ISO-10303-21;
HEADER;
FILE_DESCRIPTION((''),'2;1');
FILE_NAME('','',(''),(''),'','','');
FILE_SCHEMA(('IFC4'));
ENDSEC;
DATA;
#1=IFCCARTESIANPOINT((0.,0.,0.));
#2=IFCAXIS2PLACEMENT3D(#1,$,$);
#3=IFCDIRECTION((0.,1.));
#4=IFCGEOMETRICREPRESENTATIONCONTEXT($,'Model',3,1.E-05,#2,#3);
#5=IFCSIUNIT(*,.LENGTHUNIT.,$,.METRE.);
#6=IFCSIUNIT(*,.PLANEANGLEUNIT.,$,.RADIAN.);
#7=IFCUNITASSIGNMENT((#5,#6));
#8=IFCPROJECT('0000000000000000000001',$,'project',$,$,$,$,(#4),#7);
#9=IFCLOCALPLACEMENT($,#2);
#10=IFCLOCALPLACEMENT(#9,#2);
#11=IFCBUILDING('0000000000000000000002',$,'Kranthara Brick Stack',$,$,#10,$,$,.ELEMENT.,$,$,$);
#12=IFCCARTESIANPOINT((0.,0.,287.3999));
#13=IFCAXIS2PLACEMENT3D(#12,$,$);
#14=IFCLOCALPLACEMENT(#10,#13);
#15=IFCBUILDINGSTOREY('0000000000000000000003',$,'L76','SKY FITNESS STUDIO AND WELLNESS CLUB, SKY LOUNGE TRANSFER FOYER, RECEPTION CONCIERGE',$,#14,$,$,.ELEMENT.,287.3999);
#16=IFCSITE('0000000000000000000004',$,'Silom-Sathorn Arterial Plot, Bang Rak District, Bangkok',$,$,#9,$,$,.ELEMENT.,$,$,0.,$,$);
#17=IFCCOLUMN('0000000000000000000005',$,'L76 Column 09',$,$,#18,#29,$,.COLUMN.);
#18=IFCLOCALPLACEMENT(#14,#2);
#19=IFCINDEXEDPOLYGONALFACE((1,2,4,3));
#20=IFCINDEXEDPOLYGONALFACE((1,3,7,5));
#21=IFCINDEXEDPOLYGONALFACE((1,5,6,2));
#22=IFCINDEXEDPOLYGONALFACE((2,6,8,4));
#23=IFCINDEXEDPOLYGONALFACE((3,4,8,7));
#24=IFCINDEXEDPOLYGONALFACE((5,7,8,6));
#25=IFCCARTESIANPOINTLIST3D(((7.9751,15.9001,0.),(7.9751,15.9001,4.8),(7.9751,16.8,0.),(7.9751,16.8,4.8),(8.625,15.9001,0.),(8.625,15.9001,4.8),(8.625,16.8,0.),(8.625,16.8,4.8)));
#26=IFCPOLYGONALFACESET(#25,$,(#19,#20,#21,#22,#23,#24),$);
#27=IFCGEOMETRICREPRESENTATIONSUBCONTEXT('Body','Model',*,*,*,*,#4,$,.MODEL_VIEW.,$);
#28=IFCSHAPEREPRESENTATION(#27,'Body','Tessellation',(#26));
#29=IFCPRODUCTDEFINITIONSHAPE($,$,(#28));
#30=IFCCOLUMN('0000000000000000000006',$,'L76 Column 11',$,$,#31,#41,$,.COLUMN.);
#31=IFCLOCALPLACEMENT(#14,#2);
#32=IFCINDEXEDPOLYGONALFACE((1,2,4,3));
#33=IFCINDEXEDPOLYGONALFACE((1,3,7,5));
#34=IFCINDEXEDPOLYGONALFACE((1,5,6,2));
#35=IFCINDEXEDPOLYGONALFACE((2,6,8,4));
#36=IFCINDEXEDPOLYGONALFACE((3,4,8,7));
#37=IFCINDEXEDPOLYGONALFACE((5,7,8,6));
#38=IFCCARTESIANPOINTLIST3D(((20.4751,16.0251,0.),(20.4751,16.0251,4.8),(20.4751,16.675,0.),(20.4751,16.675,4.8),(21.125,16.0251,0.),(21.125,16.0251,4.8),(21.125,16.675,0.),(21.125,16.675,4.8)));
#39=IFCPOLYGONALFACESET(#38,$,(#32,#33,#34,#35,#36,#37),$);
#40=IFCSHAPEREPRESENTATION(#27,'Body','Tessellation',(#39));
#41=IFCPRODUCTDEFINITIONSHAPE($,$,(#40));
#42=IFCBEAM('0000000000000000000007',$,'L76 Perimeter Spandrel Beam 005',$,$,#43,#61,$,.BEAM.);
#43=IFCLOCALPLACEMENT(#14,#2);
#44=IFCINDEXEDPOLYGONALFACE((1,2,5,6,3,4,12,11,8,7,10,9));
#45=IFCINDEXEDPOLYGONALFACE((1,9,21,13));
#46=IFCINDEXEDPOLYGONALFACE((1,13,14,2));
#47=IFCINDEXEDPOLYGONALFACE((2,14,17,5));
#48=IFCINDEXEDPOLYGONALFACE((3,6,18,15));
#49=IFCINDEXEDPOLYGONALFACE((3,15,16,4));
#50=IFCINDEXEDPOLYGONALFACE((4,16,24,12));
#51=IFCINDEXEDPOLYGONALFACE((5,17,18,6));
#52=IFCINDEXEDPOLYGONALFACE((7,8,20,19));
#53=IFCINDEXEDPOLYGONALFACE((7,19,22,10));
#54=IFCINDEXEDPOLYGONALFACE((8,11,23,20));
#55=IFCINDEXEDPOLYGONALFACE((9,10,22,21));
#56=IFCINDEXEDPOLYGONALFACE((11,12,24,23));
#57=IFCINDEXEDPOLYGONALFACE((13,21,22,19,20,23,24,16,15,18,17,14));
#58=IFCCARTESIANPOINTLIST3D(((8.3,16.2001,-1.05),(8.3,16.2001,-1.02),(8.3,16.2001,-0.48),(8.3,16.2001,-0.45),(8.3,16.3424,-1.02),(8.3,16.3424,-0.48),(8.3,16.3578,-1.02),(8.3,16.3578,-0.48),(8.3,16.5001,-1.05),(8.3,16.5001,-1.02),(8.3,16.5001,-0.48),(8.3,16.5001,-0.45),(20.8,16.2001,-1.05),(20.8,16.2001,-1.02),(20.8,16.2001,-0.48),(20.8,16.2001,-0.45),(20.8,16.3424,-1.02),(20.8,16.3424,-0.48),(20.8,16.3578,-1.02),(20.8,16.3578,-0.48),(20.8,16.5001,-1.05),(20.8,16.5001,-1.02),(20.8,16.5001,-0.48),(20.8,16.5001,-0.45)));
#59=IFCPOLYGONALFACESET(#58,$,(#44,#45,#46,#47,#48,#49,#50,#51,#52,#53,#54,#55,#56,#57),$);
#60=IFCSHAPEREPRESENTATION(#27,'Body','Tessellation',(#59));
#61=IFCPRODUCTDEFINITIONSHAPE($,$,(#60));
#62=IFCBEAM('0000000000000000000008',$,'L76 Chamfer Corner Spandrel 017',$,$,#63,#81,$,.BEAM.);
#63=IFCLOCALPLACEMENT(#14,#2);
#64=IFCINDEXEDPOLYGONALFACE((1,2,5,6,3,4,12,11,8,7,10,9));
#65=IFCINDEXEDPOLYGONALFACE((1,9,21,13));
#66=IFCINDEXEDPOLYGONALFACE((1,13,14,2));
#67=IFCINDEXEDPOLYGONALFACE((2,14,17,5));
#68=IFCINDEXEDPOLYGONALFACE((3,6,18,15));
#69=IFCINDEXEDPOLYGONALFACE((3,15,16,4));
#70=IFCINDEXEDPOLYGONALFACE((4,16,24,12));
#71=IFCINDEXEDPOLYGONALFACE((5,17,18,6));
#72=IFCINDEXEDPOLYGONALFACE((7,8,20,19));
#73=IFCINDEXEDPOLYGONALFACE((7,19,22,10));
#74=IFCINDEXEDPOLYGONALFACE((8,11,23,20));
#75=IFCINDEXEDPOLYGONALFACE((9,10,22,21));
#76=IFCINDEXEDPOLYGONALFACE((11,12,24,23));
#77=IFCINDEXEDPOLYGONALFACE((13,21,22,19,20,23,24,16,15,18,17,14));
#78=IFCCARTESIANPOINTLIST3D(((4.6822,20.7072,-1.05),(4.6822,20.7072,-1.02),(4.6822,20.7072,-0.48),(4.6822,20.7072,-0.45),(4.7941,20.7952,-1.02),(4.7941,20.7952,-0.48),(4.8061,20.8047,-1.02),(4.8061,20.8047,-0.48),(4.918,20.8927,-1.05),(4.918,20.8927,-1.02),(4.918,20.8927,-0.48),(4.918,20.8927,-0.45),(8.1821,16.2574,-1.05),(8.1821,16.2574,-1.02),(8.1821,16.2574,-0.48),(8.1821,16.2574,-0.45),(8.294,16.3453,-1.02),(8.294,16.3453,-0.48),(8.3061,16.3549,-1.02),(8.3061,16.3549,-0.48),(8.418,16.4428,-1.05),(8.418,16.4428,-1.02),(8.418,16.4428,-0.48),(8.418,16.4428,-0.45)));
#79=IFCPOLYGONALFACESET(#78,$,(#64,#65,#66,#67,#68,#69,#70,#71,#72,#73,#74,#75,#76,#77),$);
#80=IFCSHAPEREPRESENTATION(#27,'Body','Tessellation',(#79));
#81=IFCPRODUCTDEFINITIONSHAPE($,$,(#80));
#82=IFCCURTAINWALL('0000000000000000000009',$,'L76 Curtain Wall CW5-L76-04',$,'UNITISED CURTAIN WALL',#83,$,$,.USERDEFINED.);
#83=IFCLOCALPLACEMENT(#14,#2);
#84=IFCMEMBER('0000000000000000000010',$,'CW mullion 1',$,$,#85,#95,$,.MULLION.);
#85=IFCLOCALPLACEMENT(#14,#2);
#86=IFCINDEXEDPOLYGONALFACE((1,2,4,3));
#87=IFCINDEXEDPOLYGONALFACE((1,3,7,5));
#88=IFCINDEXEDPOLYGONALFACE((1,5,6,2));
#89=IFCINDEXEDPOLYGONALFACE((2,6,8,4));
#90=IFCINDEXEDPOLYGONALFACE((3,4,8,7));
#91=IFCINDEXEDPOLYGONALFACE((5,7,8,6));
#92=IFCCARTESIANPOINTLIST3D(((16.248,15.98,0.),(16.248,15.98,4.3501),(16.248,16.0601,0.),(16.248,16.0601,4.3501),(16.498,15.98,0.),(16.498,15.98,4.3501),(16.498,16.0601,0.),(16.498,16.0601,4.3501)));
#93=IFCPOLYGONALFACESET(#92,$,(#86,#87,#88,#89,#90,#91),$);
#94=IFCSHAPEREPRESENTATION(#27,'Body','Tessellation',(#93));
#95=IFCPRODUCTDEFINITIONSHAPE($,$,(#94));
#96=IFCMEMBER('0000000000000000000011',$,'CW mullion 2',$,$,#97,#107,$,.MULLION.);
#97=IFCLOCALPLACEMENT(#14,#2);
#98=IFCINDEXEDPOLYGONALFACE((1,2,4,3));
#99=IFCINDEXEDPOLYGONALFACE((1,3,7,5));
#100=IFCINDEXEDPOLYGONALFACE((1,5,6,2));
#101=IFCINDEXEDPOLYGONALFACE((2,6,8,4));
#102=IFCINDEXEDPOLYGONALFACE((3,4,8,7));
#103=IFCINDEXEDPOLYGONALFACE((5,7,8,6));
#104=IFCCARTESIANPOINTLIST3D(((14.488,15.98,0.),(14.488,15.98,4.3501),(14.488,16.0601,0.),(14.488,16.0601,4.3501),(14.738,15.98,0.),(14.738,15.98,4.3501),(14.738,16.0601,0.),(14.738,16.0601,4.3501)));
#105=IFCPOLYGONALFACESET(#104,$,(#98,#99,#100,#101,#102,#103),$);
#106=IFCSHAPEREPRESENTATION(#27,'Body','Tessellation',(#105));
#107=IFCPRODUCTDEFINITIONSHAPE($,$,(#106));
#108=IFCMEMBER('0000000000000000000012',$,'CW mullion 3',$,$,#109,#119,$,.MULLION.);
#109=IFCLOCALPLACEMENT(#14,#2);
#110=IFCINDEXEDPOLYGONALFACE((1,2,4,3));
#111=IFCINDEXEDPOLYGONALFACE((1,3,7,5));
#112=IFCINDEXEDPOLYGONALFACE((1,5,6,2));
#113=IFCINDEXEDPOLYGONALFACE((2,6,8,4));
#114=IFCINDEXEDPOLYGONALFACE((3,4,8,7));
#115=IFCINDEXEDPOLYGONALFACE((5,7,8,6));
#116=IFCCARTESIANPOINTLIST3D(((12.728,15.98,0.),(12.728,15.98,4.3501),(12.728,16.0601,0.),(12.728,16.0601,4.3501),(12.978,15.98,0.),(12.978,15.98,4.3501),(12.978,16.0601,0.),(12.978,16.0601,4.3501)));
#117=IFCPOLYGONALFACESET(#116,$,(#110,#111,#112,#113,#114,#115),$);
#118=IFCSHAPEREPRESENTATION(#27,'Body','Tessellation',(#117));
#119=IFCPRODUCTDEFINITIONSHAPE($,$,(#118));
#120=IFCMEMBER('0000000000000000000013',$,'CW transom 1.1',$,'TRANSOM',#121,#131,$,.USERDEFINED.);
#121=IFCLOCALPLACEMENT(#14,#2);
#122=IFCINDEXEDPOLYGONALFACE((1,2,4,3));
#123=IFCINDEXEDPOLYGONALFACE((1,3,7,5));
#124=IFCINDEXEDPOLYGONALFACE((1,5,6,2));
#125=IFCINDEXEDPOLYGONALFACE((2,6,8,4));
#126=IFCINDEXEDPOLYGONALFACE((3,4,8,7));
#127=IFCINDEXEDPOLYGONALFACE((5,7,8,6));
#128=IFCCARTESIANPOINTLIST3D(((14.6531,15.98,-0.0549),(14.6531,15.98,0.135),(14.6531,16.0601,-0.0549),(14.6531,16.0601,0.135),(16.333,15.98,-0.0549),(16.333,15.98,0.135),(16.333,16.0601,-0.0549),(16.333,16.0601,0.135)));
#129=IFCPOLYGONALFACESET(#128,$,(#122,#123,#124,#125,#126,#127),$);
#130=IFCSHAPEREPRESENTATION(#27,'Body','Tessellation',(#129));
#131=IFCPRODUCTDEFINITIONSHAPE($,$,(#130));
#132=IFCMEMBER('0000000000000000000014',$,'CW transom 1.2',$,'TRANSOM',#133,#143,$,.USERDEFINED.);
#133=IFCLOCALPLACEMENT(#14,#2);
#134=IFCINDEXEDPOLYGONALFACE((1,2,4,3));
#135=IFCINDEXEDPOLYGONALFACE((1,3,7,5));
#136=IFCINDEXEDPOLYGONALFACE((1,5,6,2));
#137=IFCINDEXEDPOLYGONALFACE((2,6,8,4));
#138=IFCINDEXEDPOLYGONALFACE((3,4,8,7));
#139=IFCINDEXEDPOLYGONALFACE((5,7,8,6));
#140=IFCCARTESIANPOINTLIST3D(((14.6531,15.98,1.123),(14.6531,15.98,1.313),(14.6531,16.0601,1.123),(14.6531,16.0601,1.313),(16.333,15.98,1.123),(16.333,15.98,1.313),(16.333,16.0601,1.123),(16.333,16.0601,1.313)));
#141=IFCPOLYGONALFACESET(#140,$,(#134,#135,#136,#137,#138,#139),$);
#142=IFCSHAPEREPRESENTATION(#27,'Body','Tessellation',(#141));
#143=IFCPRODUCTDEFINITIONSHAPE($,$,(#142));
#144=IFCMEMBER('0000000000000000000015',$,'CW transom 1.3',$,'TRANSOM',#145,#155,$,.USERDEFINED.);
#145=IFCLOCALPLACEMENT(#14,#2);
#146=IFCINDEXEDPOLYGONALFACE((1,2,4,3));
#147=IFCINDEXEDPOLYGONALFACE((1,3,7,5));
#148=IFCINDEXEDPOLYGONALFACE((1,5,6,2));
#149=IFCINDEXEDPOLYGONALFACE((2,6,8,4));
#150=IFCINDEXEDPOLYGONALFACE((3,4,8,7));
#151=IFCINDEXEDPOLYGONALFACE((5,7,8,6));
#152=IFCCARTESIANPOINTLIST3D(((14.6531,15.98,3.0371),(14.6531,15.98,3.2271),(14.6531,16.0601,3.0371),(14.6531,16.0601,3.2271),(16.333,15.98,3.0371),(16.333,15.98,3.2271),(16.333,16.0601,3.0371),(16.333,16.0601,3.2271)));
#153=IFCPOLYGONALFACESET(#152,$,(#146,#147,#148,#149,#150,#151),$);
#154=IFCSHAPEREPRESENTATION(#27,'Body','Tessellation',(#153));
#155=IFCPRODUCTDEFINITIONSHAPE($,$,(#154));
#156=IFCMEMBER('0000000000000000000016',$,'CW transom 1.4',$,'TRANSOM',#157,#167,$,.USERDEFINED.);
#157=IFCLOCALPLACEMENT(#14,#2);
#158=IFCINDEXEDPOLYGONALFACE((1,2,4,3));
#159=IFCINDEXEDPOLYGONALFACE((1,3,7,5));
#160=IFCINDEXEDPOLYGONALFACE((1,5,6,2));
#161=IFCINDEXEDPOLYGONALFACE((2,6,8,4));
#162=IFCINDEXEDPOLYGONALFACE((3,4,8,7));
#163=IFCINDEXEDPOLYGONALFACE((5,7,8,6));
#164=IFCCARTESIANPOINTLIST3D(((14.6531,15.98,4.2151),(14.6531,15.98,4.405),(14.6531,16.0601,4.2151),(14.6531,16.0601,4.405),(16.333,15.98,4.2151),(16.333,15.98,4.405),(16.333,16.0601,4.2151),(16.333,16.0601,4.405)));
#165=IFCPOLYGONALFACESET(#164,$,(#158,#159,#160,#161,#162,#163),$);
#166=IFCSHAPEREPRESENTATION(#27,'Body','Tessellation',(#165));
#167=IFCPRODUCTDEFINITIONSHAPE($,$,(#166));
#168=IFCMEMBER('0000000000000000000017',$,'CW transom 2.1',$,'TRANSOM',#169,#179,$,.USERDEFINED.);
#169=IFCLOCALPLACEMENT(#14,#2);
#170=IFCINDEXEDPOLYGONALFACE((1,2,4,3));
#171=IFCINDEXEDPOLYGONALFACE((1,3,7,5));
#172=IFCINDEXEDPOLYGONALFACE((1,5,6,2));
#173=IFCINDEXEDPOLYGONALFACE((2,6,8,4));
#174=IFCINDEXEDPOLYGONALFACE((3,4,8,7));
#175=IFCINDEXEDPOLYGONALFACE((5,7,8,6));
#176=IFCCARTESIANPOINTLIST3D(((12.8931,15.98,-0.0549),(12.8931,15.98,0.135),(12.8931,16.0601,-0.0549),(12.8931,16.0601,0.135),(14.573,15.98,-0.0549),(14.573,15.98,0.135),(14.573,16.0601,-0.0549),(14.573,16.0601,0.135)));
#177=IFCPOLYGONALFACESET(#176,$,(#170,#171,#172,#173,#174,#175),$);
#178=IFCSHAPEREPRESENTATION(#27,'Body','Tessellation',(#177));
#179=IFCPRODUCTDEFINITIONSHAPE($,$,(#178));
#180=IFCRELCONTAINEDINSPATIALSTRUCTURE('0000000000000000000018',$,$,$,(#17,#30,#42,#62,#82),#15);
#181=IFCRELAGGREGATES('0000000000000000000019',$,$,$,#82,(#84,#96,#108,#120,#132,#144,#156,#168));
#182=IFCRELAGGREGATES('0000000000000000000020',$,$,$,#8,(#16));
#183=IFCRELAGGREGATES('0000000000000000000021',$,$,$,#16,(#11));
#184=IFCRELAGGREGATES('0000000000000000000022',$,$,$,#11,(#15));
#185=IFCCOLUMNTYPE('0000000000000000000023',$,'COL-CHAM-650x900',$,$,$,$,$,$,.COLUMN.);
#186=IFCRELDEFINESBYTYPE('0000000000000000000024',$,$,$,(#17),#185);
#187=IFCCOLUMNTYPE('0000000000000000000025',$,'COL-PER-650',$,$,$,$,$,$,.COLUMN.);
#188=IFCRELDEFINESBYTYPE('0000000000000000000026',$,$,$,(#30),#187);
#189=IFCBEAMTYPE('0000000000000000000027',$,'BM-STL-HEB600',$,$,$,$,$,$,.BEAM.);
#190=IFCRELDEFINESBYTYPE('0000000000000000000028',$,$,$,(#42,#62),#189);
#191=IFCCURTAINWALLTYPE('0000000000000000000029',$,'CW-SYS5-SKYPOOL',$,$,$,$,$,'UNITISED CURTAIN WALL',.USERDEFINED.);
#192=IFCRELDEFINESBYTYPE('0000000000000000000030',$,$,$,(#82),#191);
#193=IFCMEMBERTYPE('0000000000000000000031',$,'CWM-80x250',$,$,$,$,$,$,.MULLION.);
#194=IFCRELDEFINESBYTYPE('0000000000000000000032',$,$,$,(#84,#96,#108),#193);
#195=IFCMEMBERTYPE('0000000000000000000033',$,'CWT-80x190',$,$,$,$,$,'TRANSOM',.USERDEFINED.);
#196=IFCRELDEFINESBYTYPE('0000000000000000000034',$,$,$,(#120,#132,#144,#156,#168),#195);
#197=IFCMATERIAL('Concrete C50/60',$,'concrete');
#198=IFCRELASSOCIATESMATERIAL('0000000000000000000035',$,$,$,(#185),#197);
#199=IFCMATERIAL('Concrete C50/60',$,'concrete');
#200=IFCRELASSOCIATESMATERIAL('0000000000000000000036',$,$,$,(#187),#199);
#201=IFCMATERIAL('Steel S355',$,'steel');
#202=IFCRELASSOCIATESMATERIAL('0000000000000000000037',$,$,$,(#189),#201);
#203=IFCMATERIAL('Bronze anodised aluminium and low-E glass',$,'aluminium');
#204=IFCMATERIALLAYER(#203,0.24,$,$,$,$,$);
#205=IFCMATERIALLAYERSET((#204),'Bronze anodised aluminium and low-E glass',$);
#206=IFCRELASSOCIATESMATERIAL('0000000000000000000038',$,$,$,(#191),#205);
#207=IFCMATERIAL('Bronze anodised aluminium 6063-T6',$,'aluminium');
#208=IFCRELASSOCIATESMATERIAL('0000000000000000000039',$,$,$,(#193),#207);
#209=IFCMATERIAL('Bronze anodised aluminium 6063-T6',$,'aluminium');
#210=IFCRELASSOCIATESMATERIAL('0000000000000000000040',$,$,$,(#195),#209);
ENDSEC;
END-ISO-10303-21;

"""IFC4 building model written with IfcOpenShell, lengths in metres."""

from ifc_helpers import new_model, si_unit, direction, frame, origin, origin_2d, place, context, subcontext, project, spatial, rectangle, i_section, extrude, material, layer, layer_set, material_profile, profile_set, type_object, element, aggregate, save


model = new_model("IFC4")

# Units and contexts
model_context = context("Model", 3, precision=1e-05, world=origin(), true_north=direction((0.0, 1.0)))
body_context = subcontext(model_context, "Body", "Model", "MODEL_VIEW")
ifc_project = project(units=[si_unit("LENGTHUNIT", "METRE"), si_unit("PLANEANGLEUNIT", "RADIAN")], contexts=[model_context])

# Site, building, storey
site_placement = place(None, origin())
site = spatial("IfcSite", under=ifc_project, at=site_placement, Name="Silom-Sathorn Arterial Plot, Bang Rak District, Bangkok", CompositionType="ELEMENT", RefElevation=0.0)
building_placement = place(site_placement, origin())
building = spatial("IfcBuilding", under=site, at=building_placement, Name="Kranthara Brick Stack", CompositionType="ELEMENT")
storey_placement = place(building_placement, frame((0.0, 0.0, 287.3999)))
storey = spatial("IfcBuildingStorey", under=building, at=storey_placement, Name="L76", Description="SKY FITNESS STUDIO AND WELLNESS CLUB, SKY LOUNGE TRANSFER FOYER, RECEPTION CONCIERGE", CompositionType="ELEMENT", Elevation=287.3999)

# Columns
ifc_material_1 = material(Name="Concrete C50/60", Category="concrete")
ifc_material_profile_1 = material_profile(ifc_material_1, rectangle(XDim=0.6499, YDim=0.8999, at=origin_2d()), Name="RC 650x900")
ifc_profile_set_1 = profile_set([ifc_material_profile_1], Name="Concrete C50/60")
column_type_1 = type_object("IfcColumnType", Name="COL-CHAM-650x900", PredefinedType="COLUMN", material=ifc_profile_set_1)
column_1_placement = place(storey_placement, frame((8.3, 16.3501, 0.0), z_axis=(0.0, 0.0, 1.0), x_axis=(1.0, 0.0, 0.0)))
element("IfcColumn", 1, at=column_1_placement, inside=storey, type_object=column_type_1, Name="L76 Column 09", PredefinedType="COLUMN", context=body_context, shape_type="SweptSolid", body=[
    extrude(rectangle(XDim=0.6499, YDim=0.8999, at=origin_2d()), origin(), (0.0, 0.0, 1.0), 4.8),
])
ifc_material_2 = material(Name="Concrete C50/60", Category="concrete")
ifc_material_profile_2 = material_profile(ifc_material_2, rectangle(XDim=0.6499, YDim=0.6499, at=origin_2d()), Name="RC 650x650")
ifc_profile_set_2 = profile_set([ifc_material_profile_2], Name="Concrete C50/60")
column_type_2 = type_object("IfcColumnType", Name="COL-PER-650", PredefinedType="COLUMN", material=ifc_profile_set_2)
column_2_placement = place(storey_placement, frame((20.8, 16.3501, 0.0), z_axis=(0.0, 0.0, 1.0), x_axis=(1.0, 0.0, 0.0)))
element("IfcColumn", 2, at=column_2_placement, inside=storey, type_object=column_type_2, Name="L76 Column 11", PredefinedType="COLUMN", context=body_context, shape_type="SweptSolid", body=[
    extrude(rectangle(XDim=0.6499, YDim=0.6499, at=origin_2d()), origin(), (0.0, 0.0, 1.0), 4.8),
])

# Beams
ifc_material_3 = material(Name="Steel S355", Category="steel")
ifc_material_profile_3 = material_profile(ifc_material_3, i_section(OverallWidth=0.3, OverallDepth=0.6001, WebThickness=0.0154, FlangeThickness=0.03, at=origin_2d()), Name="HEB 600")
ifc_profile_set_3 = profile_set([ifc_material_profile_3], Name="Steel S355")
beam_type = type_object("IfcBeamType", Name="BM-STL-HEB600", PredefinedType="BEAM", material=ifc_profile_set_3)
beam_1_placement = place(storey_placement, frame((8.3, 16.3501, -0.75), z_axis=(1.0, 0.0, 0.0), x_axis=(0.0, 1.0, 0.0)))
element("IfcBeam", 3, at=beam_1_placement, inside=storey, type_object=beam_type, Name="L76 Perimeter Spandrel Beam 005", PredefinedType="BEAM", context=body_context, shape_type="SweptSolid", body=[
    extrude(i_section(OverallWidth=0.3, OverallDepth=0.6001, WebThickness=0.0154, FlangeThickness=0.03, at=origin_2d()), origin(), (0.0, 0.0, 1.0), 12.5),
])
beam_2_placement = place(storey_placement, frame((8.3, 16.3501, -0.75), z_axis=(-0.618216, 0.786008, 0.0), x_axis=(-0.786008, -0.618216, 0.0)))
element("IfcBeam", 4, at=beam_2_placement, inside=storey, type_object=beam_type, Name="L76 Chamfer Corner Spandrel 017", PredefinedType="BEAM", context=body_context, shape_type="SweptSolid", body=[
    extrude(i_section(OverallWidth=0.3, OverallDepth=0.6001, WebThickness=0.0154, FlangeThickness=0.03, at=origin_2d()), origin(), (0.0, 0.0, 1.0), 5.6614),
])

# Curtain wall, members
ifc_material_4 = material(Name="Bronze anodised aluminium and low-E glass", Category="aluminium")
ifc_layer_1 = layer(ifc_material_4, 0.24)
ifc_layer_set_1 = layer_set([ifc_layer_1], Name="Bronze anodised aluminium and low-E glass")
curtain_wall_type = type_object("IfcCurtainWallType", Name="CW-SYS5-SKYPOOL", ElementType="UNITISED CURTAIN WALL", PredefinedType="USERDEFINED", material=ifc_layer_set_1)
curtain_wall_placement = place(storey_placement, origin())
curtain_wall = element("IfcCurtainWall", 5, at=curtain_wall_placement, inside=storey, type_object=curtain_wall_type, Name="L76 Curtain Wall CW5-L76-04", ObjectType="UNITISED CURTAIN WALL", PredefinedType="USERDEFINED")
ifc_material_5 = material(Name="Bronze anodised aluminium 6063-T6", Category="aluminium")
ifc_material_profile_4 = material_profile(ifc_material_5, rectangle(XDim=0.0801, YDim=0.25, at=origin_2d()), Name="ALU MULLION 80x250")
ifc_profile_set_4 = profile_set([ifc_material_profile_4], Name="Bronze anodised aluminium 6063-T6")
member_type_1 = type_object("IfcMemberType", Name="CWM-80x250", PredefinedType="MULLION", material=ifc_profile_set_4)
member_1_placement = place(storey_placement, frame((16.373, 16.02, 0.0), z_axis=(0.0, 0.0, 1.0), x_axis=(0.0, -1.0, 0.0)))
member_1 = element("IfcMember", 6, at=member_1_placement, type_object=member_type_1, Name="CW mullion 1", PredefinedType="MULLION", context=body_context, shape_type="SweptSolid", body=[
    extrude(rectangle(XDim=0.0801, YDim=0.25, at=origin_2d()), origin(), (0.0, 0.0, 1.0), 4.3501),
])
member_2_placement = place(storey_placement, frame((14.613, 16.02, 0.0), z_axis=(0.0, 0.0, 1.0), x_axis=(0.0, -1.0, 0.0)))
member_2 = element("IfcMember", 7, at=member_2_placement, type_object=member_type_1, Name="CW mullion 2", PredefinedType="MULLION", context=body_context, shape_type="SweptSolid", body=[
    extrude(rectangle(XDim=0.0801, YDim=0.25, at=origin_2d()), origin(), (0.0, 0.0, 1.0), 4.3501),
])
member_3_placement = place(storey_placement, frame((12.853, 16.02, 0.0), z_axis=(0.0, 0.0, 1.0), x_axis=(0.0, -1.0, 0.0)))
member_3 = element("IfcMember", 8, at=member_3_placement, type_object=member_type_1, Name="CW mullion 3", PredefinedType="MULLION", context=body_context, shape_type="SweptSolid", body=[
    extrude(rectangle(XDim=0.0801, YDim=0.25, at=origin_2d()), origin(), (0.0, 0.0, 1.0), 4.3501),
])
ifc_material_6 = material(Name="Bronze anodised aluminium 6063-T6", Category="aluminium")
ifc_material_profile_5 = material_profile(ifc_material_6, rectangle(XDim=0.0801, YDim=0.1899, at=origin_2d()), Name="ALU TRANSOM 80x190")
ifc_profile_set_5 = profile_set([ifc_material_profile_5], Name="Bronze anodised aluminium 6063-T6")
member_type_2 = type_object("IfcMemberType", Name="CWT-80x190", ElementType="TRANSOM", PredefinedType="USERDEFINED", material=ifc_profile_set_5)
member_4_placement = place(storey_placement, frame((16.333, 16.02, 0.04), z_axis=(-1.0, 0.0, 0.0), x_axis=(0.0, -1.0, 0.0)))
member_4 = element("IfcMember", 9, at=member_4_placement, type_object=member_type_2, Name="CW transom 1.1", ObjectType="TRANSOM", PredefinedType="USERDEFINED", context=body_context, shape_type="SweptSolid", body=[
    extrude(rectangle(XDim=0.0801, YDim=0.1899, at=origin_2d()), origin(), (0.0, 0.0, 1.0), 1.6799),
])
member_5_placement = place(storey_placement, frame((16.333, 16.02, 1.218), z_axis=(-1.0, 0.0, 0.0), x_axis=(0.0, -1.0, 0.0)))
member_5 = element("IfcMember", 10, at=member_5_placement, type_object=member_type_2, Name="CW transom 1.2", ObjectType="TRANSOM", PredefinedType="USERDEFINED", context=body_context, shape_type="SweptSolid", body=[
    extrude(rectangle(XDim=0.0801, YDim=0.1899, at=origin_2d()), origin(), (0.0, 0.0, 1.0), 1.6799),
])
member_6_placement = place(storey_placement, frame((16.333, 16.02, 3.1321), z_axis=(-1.0, 0.0, 0.0), x_axis=(0.0, -1.0, 0.0)))
member_6 = element("IfcMember", 11, at=member_6_placement, type_object=member_type_2, Name="CW transom 1.3", ObjectType="TRANSOM", PredefinedType="USERDEFINED", context=body_context, shape_type="SweptSolid", body=[
    extrude(rectangle(XDim=0.0801, YDim=0.1899, at=origin_2d()), origin(), (0.0, 0.0, 1.0), 1.6799),
])
member_7_placement = place(storey_placement, frame((16.333, 16.02, 4.3101), z_axis=(-1.0, 0.0, 0.0), x_axis=(0.0, -1.0, 0.0)))
member_7 = element("IfcMember", 12, at=member_7_placement, type_object=member_type_2, Name="CW transom 1.4", ObjectType="TRANSOM", PredefinedType="USERDEFINED", context=body_context, shape_type="SweptSolid", body=[
    extrude(rectangle(XDim=0.0801, YDim=0.1899, at=origin_2d()), origin(), (0.0, 0.0, 1.0), 1.6799),
])
member_8_placement = place(storey_placement, frame((14.573, 16.02, 0.04), z_axis=(-1.0, 0.0, 0.0), x_axis=(0.0, -1.0, 0.0)))
member_8 = element("IfcMember", 13, at=member_8_placement, type_object=member_type_2, Name="CW transom 2.1", ObjectType="TRANSOM", PredefinedType="USERDEFINED", context=body_context, shape_type="SweptSolid", body=[
    extrude(rectangle(XDim=0.0801, YDim=0.1899, at=origin_2d()), origin(), (0.0, 0.0, 1.0), 1.6799),
])
aggregate(curtain_wall, [member_1, member_2, member_3, member_4, member_5, member_6, member_7, member_8])

save(model, "model.ifc")
